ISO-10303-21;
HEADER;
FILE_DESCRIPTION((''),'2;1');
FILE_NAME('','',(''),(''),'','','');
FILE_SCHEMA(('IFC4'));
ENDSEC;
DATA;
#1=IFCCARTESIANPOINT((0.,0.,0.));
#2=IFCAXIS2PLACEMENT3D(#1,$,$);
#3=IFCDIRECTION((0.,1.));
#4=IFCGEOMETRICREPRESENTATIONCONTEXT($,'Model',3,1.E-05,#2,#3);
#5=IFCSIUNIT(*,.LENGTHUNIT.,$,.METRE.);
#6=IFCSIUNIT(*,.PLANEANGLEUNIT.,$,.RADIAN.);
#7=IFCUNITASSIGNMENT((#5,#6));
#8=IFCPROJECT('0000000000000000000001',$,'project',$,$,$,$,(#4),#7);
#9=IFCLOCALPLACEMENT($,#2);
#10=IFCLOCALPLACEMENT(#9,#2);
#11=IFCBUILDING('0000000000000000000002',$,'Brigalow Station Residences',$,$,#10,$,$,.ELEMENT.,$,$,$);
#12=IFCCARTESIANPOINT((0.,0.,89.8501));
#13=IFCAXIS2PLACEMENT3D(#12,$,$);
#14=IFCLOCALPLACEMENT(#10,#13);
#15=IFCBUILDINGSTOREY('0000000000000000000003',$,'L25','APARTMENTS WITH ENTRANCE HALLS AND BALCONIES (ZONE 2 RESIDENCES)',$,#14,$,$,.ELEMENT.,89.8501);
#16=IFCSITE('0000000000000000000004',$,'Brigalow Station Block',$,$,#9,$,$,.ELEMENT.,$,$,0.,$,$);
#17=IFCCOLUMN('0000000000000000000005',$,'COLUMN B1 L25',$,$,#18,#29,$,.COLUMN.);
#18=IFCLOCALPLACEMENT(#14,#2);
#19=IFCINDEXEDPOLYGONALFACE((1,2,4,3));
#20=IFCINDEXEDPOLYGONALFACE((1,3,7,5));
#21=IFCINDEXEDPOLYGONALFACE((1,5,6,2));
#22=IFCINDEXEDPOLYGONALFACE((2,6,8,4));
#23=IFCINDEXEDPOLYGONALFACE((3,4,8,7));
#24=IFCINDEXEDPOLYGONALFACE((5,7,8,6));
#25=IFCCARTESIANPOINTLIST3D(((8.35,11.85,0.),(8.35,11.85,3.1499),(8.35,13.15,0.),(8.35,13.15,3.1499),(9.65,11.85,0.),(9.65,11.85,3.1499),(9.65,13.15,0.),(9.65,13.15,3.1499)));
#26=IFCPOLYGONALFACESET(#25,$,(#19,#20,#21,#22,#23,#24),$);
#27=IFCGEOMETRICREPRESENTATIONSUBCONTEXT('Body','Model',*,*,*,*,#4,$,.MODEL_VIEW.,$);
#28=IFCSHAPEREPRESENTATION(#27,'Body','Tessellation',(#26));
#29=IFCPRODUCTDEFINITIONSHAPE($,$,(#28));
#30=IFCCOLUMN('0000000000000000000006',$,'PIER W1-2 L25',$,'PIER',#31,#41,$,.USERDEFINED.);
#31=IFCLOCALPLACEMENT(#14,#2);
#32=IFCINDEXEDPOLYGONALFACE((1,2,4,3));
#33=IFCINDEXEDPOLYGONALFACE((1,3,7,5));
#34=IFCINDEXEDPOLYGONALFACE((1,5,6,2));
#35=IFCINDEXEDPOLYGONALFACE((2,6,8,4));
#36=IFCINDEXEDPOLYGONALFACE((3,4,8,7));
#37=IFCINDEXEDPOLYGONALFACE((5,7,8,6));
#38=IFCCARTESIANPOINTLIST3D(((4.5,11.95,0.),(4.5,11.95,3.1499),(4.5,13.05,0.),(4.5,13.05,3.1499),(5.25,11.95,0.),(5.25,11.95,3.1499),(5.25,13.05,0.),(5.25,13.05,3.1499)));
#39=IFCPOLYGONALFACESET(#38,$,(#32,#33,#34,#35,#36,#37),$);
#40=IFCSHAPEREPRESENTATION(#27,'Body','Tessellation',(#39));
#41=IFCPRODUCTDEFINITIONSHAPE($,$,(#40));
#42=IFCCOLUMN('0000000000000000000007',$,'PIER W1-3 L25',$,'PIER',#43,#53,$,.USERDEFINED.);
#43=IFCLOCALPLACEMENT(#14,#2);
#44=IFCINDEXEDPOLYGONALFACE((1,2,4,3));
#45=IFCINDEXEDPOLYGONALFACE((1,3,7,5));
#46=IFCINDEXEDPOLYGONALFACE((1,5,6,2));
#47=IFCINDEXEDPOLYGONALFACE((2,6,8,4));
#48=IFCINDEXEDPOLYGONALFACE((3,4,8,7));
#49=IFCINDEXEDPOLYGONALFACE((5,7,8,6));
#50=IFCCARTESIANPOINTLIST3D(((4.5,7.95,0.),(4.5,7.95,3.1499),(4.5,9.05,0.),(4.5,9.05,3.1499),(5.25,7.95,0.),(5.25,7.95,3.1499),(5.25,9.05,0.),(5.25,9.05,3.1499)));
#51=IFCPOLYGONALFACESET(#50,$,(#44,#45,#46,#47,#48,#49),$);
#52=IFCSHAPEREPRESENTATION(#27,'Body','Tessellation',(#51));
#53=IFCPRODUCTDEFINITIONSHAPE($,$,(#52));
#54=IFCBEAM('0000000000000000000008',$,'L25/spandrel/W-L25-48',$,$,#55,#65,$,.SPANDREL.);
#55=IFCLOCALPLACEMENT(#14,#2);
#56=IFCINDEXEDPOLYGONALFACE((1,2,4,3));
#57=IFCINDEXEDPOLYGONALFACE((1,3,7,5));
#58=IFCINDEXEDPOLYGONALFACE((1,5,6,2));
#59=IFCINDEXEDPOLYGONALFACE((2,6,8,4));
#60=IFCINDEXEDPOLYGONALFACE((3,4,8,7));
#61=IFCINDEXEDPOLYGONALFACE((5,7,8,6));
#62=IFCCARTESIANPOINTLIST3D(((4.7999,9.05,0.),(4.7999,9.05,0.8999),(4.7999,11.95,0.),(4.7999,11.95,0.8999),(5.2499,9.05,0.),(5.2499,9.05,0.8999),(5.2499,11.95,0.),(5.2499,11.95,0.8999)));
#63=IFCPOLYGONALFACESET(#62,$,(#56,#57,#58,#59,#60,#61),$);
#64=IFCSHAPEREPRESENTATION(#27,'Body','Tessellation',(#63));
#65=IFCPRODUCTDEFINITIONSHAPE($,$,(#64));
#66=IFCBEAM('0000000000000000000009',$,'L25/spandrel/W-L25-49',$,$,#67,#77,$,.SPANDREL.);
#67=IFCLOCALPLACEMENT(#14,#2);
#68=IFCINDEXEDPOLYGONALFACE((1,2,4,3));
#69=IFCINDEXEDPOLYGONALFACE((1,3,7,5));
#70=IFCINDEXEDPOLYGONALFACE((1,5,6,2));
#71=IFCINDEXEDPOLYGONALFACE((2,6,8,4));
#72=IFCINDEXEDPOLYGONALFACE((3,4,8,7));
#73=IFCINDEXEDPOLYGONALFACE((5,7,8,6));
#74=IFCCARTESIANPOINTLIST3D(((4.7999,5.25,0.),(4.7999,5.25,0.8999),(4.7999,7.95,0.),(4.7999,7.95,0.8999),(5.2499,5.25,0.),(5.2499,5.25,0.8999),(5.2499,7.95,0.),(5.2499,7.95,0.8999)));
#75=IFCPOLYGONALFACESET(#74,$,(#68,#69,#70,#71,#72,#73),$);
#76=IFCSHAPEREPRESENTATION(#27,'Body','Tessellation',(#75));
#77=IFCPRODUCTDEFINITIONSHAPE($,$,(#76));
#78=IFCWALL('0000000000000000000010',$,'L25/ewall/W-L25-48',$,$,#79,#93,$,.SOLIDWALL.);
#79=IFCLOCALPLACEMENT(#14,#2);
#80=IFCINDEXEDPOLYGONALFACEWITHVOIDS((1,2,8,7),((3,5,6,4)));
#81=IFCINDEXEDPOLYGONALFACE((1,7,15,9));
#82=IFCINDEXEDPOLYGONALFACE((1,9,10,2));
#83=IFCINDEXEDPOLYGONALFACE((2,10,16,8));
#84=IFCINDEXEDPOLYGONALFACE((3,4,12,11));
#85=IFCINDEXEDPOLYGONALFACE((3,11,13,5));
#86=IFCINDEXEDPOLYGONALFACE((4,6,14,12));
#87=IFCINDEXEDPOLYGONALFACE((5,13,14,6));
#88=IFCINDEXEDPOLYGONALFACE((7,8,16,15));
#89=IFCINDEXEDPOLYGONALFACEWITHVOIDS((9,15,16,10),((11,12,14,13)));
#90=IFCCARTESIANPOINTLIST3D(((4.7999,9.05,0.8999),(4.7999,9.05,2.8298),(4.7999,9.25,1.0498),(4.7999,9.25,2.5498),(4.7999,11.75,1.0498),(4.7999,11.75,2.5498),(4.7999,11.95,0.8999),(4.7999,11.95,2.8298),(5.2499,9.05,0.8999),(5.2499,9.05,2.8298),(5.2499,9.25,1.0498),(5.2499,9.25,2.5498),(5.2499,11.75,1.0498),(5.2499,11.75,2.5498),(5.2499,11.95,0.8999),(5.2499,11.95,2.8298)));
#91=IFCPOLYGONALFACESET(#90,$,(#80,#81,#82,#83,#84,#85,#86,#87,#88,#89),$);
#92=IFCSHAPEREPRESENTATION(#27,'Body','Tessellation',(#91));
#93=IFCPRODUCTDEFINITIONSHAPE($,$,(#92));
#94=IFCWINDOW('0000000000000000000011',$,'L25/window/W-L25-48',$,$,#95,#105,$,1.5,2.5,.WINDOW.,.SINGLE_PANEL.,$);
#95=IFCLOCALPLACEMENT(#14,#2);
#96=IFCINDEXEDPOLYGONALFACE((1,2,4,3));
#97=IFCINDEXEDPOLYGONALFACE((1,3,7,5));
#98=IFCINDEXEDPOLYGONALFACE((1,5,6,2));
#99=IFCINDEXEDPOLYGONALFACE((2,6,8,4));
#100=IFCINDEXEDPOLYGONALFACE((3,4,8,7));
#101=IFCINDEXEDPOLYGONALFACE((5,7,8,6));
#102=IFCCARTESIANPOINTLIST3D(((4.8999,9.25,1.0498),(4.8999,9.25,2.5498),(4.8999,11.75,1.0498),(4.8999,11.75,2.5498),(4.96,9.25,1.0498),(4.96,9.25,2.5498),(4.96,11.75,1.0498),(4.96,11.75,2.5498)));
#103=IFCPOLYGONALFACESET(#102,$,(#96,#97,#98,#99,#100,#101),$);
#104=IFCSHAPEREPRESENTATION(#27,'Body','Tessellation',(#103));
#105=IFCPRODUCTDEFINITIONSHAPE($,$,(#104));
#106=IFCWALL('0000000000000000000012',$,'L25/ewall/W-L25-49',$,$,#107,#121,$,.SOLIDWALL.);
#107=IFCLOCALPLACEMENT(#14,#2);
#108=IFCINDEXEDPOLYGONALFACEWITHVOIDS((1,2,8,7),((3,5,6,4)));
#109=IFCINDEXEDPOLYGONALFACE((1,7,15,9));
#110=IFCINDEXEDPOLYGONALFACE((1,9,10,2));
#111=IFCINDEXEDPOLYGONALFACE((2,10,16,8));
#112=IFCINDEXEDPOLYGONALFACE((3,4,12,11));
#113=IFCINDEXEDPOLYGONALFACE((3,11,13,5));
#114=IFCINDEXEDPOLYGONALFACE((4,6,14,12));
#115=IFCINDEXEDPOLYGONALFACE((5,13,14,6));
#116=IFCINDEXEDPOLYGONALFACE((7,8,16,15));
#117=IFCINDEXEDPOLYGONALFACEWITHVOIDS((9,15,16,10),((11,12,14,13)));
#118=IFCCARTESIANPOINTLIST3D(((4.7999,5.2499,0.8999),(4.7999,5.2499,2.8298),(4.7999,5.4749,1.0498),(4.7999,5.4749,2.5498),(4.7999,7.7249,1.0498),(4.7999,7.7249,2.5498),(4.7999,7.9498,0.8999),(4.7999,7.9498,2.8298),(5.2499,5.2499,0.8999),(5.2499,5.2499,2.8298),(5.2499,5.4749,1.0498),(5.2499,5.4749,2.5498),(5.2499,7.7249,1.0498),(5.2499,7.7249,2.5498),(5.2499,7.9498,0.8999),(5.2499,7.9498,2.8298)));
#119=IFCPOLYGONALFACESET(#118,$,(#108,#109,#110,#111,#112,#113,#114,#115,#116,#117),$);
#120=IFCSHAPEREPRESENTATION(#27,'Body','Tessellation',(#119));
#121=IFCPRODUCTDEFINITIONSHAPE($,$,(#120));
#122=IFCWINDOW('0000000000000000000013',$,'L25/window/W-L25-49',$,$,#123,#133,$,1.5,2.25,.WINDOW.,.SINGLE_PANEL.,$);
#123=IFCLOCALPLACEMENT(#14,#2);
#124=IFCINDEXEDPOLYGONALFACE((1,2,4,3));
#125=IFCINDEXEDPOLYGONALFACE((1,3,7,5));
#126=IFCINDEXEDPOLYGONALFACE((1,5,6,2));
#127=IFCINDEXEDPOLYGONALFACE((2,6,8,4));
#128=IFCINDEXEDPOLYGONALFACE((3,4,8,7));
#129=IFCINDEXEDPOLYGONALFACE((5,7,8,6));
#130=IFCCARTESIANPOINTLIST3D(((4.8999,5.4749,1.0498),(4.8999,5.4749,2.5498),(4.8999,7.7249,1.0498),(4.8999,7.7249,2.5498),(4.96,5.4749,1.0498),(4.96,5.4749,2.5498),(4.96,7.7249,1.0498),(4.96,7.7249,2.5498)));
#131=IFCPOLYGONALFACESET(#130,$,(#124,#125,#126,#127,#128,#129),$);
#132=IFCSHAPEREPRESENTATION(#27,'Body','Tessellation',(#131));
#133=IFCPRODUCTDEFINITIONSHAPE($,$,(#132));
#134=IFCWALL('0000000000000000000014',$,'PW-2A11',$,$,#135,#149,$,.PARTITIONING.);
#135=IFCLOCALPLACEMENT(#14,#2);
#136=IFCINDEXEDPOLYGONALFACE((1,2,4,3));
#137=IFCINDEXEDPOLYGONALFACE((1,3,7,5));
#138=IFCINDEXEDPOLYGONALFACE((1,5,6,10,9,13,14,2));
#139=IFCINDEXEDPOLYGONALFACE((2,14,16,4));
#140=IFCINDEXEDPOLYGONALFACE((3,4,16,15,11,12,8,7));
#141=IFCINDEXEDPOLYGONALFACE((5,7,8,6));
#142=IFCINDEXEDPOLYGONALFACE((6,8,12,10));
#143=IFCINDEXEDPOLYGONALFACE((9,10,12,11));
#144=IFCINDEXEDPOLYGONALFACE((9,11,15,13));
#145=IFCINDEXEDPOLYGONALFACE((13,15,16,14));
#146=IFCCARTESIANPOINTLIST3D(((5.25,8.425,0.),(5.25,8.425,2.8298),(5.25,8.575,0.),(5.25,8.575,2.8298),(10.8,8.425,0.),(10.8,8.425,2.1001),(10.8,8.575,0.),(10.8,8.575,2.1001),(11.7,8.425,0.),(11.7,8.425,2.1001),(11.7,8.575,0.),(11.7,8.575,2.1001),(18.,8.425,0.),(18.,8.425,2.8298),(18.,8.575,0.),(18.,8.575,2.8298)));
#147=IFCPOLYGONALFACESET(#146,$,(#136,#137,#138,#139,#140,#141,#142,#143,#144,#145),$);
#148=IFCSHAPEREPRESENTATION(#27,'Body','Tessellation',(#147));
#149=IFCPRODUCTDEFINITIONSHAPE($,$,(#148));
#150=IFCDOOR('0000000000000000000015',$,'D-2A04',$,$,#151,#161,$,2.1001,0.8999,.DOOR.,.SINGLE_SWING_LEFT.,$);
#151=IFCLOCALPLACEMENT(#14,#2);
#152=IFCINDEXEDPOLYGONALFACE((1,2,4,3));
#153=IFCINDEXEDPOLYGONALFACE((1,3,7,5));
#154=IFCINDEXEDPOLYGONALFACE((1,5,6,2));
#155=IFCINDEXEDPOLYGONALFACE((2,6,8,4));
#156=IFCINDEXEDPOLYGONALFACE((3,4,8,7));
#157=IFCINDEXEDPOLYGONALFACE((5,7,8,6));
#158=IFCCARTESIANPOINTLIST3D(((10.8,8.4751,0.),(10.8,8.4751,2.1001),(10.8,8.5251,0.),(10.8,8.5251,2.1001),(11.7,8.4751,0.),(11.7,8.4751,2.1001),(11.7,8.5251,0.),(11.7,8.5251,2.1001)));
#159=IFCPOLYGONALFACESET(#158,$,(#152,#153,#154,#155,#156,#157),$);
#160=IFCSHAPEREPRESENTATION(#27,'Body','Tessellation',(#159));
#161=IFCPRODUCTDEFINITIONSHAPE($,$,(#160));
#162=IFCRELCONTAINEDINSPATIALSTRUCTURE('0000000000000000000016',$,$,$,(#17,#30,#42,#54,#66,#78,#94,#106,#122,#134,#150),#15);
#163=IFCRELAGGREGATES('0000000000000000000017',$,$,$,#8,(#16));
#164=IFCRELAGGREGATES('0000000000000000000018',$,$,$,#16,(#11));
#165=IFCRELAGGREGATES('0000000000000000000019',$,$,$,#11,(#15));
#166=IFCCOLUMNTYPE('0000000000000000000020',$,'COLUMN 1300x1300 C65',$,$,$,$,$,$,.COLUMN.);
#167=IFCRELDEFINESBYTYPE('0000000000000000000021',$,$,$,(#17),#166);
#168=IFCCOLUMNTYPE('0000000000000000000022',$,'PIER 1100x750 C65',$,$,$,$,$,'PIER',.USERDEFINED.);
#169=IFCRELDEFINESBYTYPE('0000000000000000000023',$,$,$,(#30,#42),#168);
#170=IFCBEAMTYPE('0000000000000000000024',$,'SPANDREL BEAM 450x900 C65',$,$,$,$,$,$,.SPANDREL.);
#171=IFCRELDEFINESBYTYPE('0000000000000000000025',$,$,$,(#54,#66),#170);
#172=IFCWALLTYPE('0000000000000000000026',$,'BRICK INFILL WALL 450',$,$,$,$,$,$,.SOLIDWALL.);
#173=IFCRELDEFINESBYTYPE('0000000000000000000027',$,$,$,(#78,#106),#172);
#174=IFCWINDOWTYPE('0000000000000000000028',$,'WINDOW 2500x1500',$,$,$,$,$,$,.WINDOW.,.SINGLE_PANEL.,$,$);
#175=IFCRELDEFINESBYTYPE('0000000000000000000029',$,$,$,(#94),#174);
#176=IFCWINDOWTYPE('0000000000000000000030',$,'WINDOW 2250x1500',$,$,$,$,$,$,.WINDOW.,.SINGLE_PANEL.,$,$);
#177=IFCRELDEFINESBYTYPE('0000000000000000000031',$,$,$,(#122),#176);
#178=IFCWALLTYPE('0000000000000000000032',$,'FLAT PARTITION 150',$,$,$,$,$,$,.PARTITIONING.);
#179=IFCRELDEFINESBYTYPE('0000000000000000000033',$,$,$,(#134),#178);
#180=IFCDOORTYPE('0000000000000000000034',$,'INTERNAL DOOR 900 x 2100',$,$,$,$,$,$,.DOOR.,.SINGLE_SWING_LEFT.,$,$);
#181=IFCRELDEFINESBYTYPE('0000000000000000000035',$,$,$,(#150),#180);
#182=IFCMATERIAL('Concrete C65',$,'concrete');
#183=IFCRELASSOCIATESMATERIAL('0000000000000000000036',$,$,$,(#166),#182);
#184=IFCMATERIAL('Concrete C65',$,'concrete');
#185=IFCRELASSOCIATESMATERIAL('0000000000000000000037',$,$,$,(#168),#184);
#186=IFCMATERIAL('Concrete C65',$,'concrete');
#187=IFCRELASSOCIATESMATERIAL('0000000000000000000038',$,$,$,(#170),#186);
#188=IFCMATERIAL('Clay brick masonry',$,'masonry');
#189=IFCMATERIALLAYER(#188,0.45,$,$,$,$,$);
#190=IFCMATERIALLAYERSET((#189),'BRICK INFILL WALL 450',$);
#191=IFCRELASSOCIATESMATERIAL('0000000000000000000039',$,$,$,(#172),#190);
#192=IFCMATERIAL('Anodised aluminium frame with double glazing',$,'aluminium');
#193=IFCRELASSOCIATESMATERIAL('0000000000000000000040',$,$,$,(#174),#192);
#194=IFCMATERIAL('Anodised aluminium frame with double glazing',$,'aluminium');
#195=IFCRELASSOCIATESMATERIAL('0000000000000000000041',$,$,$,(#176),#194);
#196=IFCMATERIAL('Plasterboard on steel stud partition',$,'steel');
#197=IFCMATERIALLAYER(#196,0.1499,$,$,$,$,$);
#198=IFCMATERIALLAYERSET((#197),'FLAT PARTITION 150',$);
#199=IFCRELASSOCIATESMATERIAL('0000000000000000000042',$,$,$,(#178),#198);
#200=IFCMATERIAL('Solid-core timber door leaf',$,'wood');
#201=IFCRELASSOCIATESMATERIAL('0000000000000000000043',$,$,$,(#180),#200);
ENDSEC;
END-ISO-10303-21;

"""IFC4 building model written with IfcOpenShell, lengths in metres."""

from ifc_helpers import new_model, si_unit, direction, frame, frame_2d, origin, origin_2d, place, context, subcontext, project, spatial, rectangle, extrude, material, layer, layer_set, material_profile, profile_set, type_object, element, fill, save


model = new_model("IFC4")

# Units and contexts
model_context = context("Model", 3, precision=1e-05, world=origin(), true_north=direction((0.0, 1.0)))
body_context = subcontext(model_context, "Body", "Model", "MODEL_VIEW")
ifc_project = project(units=[si_unit("LENGTHUNIT", "METRE"), si_unit("PLANEANGLEUNIT", "RADIAN")], contexts=[model_context])

# Site, building, storey
site_placement = place(None, origin())
site = spatial("IfcSite", under=ifc_project, at=site_placement, Name="Brigalow Station Block", CompositionType="ELEMENT", RefElevation=0.0)
building_placement = place(site_placement, origin())
building = spatial("IfcBuilding", under=site, at=building_placement, Name="Brigalow Station Residences", CompositionType="ELEMENT")
storey_placement = place(building_placement, frame((0.0, 0.0, 89.8501)))
storey = spatial("IfcBuildingStorey", under=building, at=storey_placement, Name="L25", Description="APARTMENTS WITH ENTRANCE HALLS AND BALCONIES (ZONE 2 RESIDENCES)", CompositionType="ELEMENT", Elevation=89.8501)

# Columns
ifc_material_1 = material(Name="Concrete C65", Category="concrete")
ifc_material_profile_1 = material_profile(ifc_material_1, rectangle(XDim=1.3, YDim=1.3, at=origin_2d()), Name="RC1300x1300")
ifc_profile_set_1 = profile_set([ifc_material_profile_1], Name="Concrete C65")
column_type_1 = type_object("IfcColumnType", Name="COLUMN 1300x1300 C65", PredefinedType="COLUMN", material=ifc_profile_set_1)
column_placement = place(storey_placement, frame((9.0, 12.5, 0.0), z_axis=(0.0, 0.0, 1.0), x_axis=(1.0, 0.0, 0.0)))
element("IfcColumn", 1, at=column_placement, inside=storey, type_object=column_type_1, Name="COLUMN B1 L25", PredefinedType="COLUMN", context=body_context, shape_type="SweptSolid", body=[
    extrude(rectangle(XDim=1.3, YDim=1.3, at=origin_2d()), origin(), (0.0, 0.0, 1.0), 3.1499),
])
ifc_material_2 = material(Name="Concrete C65", Category="concrete")
ifc_material_profile_2 = material_profile(ifc_material_2, rectangle(XDim=1.1001, YDim=0.75, at=origin_2d()), Name="RC1100x750")
ifc_profile_set_2 = profile_set([ifc_material_profile_2], Name="Concrete C65")
column_type_2 = type_object("IfcColumnType", Name="PIER 1100x750 C65", ElementType="PIER", PredefinedType="USERDEFINED", material=ifc_profile_set_2)
for number, where, z_axis, x_axis, name in (
    (2, (4.875, 12.5, 0.0), (0.0, 0.0, 1.0), (0.0, -1.0, 0.0), "PIER W1-2 L25"),
    (3, (4.875, 8.5, 0.0), (0.0, 0.0, 1.0), (0.0, -1.0, 0.0), "PIER W1-3 L25"),
):
    element("IfcColumn", number, at=place(storey_placement, frame(where, z_axis=z_axis, x_axis=x_axis)), inside=storey, type_object=column_type_2, Name=name, ObjectType="PIER", PredefinedType="USERDEFINED", context=body_context, shape_type="SweptSolid", body=[
        extrude(rectangle(XDim=1.1001, YDim=0.75, at=origin_2d()), origin(), (0.0, 0.0, 1.0), 3.1499),
    ])

# Beams
ifc_material_3 = material(Name="Concrete C65", Category="concrete")
ifc_material_profile_3 = material_profile(ifc_material_3, rectangle(XDim=0.45, YDim=0.8999, at=origin_2d()), Name="RC450x900")
ifc_profile_set_3 = profile_set([ifc_material_profile_3], Name="Concrete C65")
beam_type = type_object("IfcBeamType", Name="SPANDREL BEAM 450x900 C65", PredefinedType="SPANDREL", material=ifc_profile_set_3)
beam_1_placement = place(storey_placement, frame((5.0249, 11.95, 0.45), z_axis=(0.0, -1.0, 0.0), x_axis=(1.0, 0.0, 0.0)))
element("IfcBeam", 4, at=beam_1_placement, inside=storey, type_object=beam_type, Name="L25/spandrel/W-L25-48", PredefinedType="SPANDREL", context=body_context, shape_type="SweptSolid", body=[
    extrude(rectangle(XDim=0.45, YDim=0.8999, at=origin_2d()), origin(), (0.0, 0.0, 1.0), 2.8999),
])
beam_2_placement = place(storey_placement, frame((5.0249, 7.95, 0.45), z_axis=(0.0, -1.0, 0.0), x_axis=(1.0, 0.0, 0.0)))
element("IfcBeam", 5, at=beam_2_placement, inside=storey, type_object=beam_type, Name="L25/spandrel/W-L25-49", PredefinedType="SPANDREL", context=body_context, shape_type="SweptSolid", body=[
    extrude(rectangle(XDim=0.45, YDim=0.8999, at=origin_2d()), origin(), (0.0, 0.0, 1.0), 2.7),
])

# Walls, openings, windows
ifc_material_4 = material(Name="Clay brick masonry", Category="masonry")
ifc_layer_1 = layer(ifc_material_4, 0.45)
ifc_layer_set_1 = layer_set([ifc_layer_1], Name="BRICK INFILL WALL 450")
wall_type_1 = type_object("IfcWallType", Name="BRICK INFILL WALL 450", PredefinedType="SOLIDWALL", material=ifc_layer_set_1)
wall_1_placement = place(storey_placement, frame((5.0249, 11.95, 0.8999), z_axis=(0.0, 0.0, 1.0), x_axis=(0.0, -1.0, 0.0)))
wall_1 = element("IfcWall", 6, at=wall_1_placement, inside=storey, type_object=wall_type_1, Name="L25/ewall/W-L25-48", PredefinedType="SOLIDWALL", context=body_context, shape_type="SweptSolid", body=[
    extrude(rectangle(XDim=2.8999, YDim=0.45, at=frame_2d((1.45, 0.0))), origin(), (0.0, 0.0, 1.0), 1.9299),
])
opening_1_placement = place(wall_1_placement, frame((0.2, 0.0, 0.1499)))
opening_1 = element("IfcOpeningElement", 7, at=opening_1_placement, cuts=wall_1, PredefinedType="OPENING", context=body_context, shape_type="SweptSolid", body=[
    extrude(rectangle(XDim=2.5, YDim=1.5, at=frame_2d((1.25, 0.75))), frame((0.0, 0.2349, 0.0), z_axis=(0.0, -1.0, 0.0), x_axis=(1.0, 0.0, 0.0)), (0.0, 0.0, 1.0), 0.47),
])
ifc_material_5 = material(Name="Anodised aluminium frame with double glazing", Category="aluminium")
window_type_1 = type_object("IfcWindowType", Name="WINDOW 2500x1500", PartitioningType="SINGLE_PANEL", PredefinedType="WINDOW", material=ifc_material_5)
window_1_placement = place(opening_1_placement, origin())
window_1 = element("IfcWindow", 8, at=window_1_placement, inside=storey, type_object=window_type_1, Name="L25/window/W-L25-48", OverallHeight=1.5, OverallWidth=2.5, PartitioningType="SINGLE_PANEL", PredefinedType="WINDOW", context=body_context, shape_type="SweptSolid", body=[
    extrude(rectangle(XDim=2.5, YDim=1.5, at=frame_2d((1.25, 0.75))), frame((0.0, -0.0649, 0.0), z_axis=(0.0, -1.0, 0.0), x_axis=(1.0, 0.0, 0.0)), (0.0, 0.0, 1.0), 0.0601),
])
fill(opening_1, window_1)
wall_2_placement = place(storey_placement, frame((5.0249, 7.95, 0.8999), z_axis=(0.0, 0.0, 1.0), x_axis=(0.0, -1.0, 0.0)))
wall_2 = element("IfcWall", 9, at=wall_2_placement, inside=storey, type_object=wall_type_1, Name="L25/ewall/W-L25-49", PredefinedType="SOLIDWALL", context=body_context, shape_type="SweptSolid", body=[
    extrude(rectangle(XDim=2.7, YDim=0.45, at=frame_2d((1.3501, 0.0))), origin(), (0.0, 0.0, 1.0), 1.9299),
])
opening_2_placement = place(wall_2_placement, frame((0.2251, 0.0, 0.1499)))
opening_2 = element("IfcOpeningElement", 10, at=opening_2_placement, cuts=wall_2, PredefinedType="OPENING", context=body_context, shape_type="SweptSolid", body=[
    extrude(rectangle(XDim=2.25, YDim=1.5, at=frame_2d((1.125, 0.75))), frame((0.0, 0.2349, 0.0), z_axis=(0.0, -1.0, 0.0), x_axis=(1.0, 0.0, 0.0)), (0.0, 0.0, 1.0), 0.47),
])
ifc_material_6 = material(Name="Anodised aluminium frame with double glazing", Category="aluminium")
window_type_2 = type_object("IfcWindowType", Name="WINDOW 2250x1500", PartitioningType="SINGLE_PANEL", PredefinedType="WINDOW", material=ifc_material_6)
window_2_placement = place(opening_2_placement, origin())
window_2 = element("IfcWindow", 11, at=window_2_placement, inside=storey, type_object=window_type_2, Name="L25/window/W-L25-49", OverallHeight=1.5, OverallWidth=2.25, PartitioningType="SINGLE_PANEL", PredefinedType="WINDOW", context=body_context, shape_type="SweptSolid", body=[
    extrude(rectangle(XDim=2.25, YDim=1.5, at=frame_2d((1.125, 0.75))), frame((0.0, -0.0649, 0.0), z_axis=(0.0, -1.0, 0.0), x_axis=(1.0, 0.0, 0.0)), (0.0, 0.0, 1.0), 0.0601),
])
fill(opening_2, window_2)

# Wall, opening, door
ifc_material_7 = material(Name="Plasterboard on steel stud partition", Category="steel")
ifc_layer_2 = layer(ifc_material_7, 0.1499)
ifc_layer_set_2 = layer_set([ifc_layer_2], Name="FLAT PARTITION 150")
wall_type_2 = type_object("IfcWallType", Name="FLAT PARTITION 150", PredefinedType="PARTITIONING", material=ifc_layer_set_2)
wall_3_placement = place(storey_placement, frame((5.25, 8.5, 0.0), z_axis=(0.0, 0.0, 1.0), x_axis=(1.0, 0.0, 0.0)))
wall_3 = element("IfcWall", 12, at=wall_3_placement, inside=storey, type_object=wall_type_2, Name="PW-2A11", PredefinedType="PARTITIONING", context=body_context, shape_type="SweptSolid", body=[
    extrude(rectangle(XDim=12.75, YDim=0.1499, at=frame_2d((6.375, 0.0))), origin(), (0.0, 0.0, 1.0), 2.8298),
])
opening_3_placement = place(wall_3_placement, frame((5.55, 0.0, 0.0)))
opening_3 = element("IfcOpeningElement", 13, at=opening_3_placement, cuts=wall_3, PredefinedType="OPENING", context=body_context, shape_type="SweptSolid", body=[
    extrude(rectangle(XDim=0.8999, YDim=2.1001, at=frame_2d((0.45, 1.05))), frame((0.0, 0.085, 0.0), z_axis=(0.0, -1.0, 0.0), x_axis=(1.0, 0.0, 0.0)), (0.0, 0.0, 1.0), 0.1699),
])
ifc_material_8 = material(Name="Solid-core timber door leaf", Category="wood")
door_type = type_object("IfcDoorType", Name="INTERNAL DOOR 900 x 2100", OperationType="SINGLE_SWING_LEFT", PredefinedType="DOOR", material=ifc_material_8)
door_1_placement = place(opening_3_placement, frame((0.8999, 0.0, 0.0), z_axis=(0.0, 0.0, 1.0), x_axis=(-1.0, 0.0, 0.0)))
door_1 = element("IfcDoor", 14, at=door_1_placement, inside=storey, type_object=door_type, Name="D-2A04", OperationType="SINGLE_SWING_LEFT", OverallHeight=2.1001, OverallWidth=0.8999, PredefinedType="DOOR", context=body_context, shape_type="SweptSolid", body=[
    extrude(rectangle(XDim=0.8999, YDim=2.1001, at=frame_2d((0.45, 1.05))), frame((0.0, 0.0249, 0.0), z_axis=(0.0, -1.0, 0.0), x_axis=(1.0, 0.0, 0.0)), (0.0, 0.0, 1.0), 0.05),
])
fill(opening_3, door_1)

save(model, "model.ifc")
